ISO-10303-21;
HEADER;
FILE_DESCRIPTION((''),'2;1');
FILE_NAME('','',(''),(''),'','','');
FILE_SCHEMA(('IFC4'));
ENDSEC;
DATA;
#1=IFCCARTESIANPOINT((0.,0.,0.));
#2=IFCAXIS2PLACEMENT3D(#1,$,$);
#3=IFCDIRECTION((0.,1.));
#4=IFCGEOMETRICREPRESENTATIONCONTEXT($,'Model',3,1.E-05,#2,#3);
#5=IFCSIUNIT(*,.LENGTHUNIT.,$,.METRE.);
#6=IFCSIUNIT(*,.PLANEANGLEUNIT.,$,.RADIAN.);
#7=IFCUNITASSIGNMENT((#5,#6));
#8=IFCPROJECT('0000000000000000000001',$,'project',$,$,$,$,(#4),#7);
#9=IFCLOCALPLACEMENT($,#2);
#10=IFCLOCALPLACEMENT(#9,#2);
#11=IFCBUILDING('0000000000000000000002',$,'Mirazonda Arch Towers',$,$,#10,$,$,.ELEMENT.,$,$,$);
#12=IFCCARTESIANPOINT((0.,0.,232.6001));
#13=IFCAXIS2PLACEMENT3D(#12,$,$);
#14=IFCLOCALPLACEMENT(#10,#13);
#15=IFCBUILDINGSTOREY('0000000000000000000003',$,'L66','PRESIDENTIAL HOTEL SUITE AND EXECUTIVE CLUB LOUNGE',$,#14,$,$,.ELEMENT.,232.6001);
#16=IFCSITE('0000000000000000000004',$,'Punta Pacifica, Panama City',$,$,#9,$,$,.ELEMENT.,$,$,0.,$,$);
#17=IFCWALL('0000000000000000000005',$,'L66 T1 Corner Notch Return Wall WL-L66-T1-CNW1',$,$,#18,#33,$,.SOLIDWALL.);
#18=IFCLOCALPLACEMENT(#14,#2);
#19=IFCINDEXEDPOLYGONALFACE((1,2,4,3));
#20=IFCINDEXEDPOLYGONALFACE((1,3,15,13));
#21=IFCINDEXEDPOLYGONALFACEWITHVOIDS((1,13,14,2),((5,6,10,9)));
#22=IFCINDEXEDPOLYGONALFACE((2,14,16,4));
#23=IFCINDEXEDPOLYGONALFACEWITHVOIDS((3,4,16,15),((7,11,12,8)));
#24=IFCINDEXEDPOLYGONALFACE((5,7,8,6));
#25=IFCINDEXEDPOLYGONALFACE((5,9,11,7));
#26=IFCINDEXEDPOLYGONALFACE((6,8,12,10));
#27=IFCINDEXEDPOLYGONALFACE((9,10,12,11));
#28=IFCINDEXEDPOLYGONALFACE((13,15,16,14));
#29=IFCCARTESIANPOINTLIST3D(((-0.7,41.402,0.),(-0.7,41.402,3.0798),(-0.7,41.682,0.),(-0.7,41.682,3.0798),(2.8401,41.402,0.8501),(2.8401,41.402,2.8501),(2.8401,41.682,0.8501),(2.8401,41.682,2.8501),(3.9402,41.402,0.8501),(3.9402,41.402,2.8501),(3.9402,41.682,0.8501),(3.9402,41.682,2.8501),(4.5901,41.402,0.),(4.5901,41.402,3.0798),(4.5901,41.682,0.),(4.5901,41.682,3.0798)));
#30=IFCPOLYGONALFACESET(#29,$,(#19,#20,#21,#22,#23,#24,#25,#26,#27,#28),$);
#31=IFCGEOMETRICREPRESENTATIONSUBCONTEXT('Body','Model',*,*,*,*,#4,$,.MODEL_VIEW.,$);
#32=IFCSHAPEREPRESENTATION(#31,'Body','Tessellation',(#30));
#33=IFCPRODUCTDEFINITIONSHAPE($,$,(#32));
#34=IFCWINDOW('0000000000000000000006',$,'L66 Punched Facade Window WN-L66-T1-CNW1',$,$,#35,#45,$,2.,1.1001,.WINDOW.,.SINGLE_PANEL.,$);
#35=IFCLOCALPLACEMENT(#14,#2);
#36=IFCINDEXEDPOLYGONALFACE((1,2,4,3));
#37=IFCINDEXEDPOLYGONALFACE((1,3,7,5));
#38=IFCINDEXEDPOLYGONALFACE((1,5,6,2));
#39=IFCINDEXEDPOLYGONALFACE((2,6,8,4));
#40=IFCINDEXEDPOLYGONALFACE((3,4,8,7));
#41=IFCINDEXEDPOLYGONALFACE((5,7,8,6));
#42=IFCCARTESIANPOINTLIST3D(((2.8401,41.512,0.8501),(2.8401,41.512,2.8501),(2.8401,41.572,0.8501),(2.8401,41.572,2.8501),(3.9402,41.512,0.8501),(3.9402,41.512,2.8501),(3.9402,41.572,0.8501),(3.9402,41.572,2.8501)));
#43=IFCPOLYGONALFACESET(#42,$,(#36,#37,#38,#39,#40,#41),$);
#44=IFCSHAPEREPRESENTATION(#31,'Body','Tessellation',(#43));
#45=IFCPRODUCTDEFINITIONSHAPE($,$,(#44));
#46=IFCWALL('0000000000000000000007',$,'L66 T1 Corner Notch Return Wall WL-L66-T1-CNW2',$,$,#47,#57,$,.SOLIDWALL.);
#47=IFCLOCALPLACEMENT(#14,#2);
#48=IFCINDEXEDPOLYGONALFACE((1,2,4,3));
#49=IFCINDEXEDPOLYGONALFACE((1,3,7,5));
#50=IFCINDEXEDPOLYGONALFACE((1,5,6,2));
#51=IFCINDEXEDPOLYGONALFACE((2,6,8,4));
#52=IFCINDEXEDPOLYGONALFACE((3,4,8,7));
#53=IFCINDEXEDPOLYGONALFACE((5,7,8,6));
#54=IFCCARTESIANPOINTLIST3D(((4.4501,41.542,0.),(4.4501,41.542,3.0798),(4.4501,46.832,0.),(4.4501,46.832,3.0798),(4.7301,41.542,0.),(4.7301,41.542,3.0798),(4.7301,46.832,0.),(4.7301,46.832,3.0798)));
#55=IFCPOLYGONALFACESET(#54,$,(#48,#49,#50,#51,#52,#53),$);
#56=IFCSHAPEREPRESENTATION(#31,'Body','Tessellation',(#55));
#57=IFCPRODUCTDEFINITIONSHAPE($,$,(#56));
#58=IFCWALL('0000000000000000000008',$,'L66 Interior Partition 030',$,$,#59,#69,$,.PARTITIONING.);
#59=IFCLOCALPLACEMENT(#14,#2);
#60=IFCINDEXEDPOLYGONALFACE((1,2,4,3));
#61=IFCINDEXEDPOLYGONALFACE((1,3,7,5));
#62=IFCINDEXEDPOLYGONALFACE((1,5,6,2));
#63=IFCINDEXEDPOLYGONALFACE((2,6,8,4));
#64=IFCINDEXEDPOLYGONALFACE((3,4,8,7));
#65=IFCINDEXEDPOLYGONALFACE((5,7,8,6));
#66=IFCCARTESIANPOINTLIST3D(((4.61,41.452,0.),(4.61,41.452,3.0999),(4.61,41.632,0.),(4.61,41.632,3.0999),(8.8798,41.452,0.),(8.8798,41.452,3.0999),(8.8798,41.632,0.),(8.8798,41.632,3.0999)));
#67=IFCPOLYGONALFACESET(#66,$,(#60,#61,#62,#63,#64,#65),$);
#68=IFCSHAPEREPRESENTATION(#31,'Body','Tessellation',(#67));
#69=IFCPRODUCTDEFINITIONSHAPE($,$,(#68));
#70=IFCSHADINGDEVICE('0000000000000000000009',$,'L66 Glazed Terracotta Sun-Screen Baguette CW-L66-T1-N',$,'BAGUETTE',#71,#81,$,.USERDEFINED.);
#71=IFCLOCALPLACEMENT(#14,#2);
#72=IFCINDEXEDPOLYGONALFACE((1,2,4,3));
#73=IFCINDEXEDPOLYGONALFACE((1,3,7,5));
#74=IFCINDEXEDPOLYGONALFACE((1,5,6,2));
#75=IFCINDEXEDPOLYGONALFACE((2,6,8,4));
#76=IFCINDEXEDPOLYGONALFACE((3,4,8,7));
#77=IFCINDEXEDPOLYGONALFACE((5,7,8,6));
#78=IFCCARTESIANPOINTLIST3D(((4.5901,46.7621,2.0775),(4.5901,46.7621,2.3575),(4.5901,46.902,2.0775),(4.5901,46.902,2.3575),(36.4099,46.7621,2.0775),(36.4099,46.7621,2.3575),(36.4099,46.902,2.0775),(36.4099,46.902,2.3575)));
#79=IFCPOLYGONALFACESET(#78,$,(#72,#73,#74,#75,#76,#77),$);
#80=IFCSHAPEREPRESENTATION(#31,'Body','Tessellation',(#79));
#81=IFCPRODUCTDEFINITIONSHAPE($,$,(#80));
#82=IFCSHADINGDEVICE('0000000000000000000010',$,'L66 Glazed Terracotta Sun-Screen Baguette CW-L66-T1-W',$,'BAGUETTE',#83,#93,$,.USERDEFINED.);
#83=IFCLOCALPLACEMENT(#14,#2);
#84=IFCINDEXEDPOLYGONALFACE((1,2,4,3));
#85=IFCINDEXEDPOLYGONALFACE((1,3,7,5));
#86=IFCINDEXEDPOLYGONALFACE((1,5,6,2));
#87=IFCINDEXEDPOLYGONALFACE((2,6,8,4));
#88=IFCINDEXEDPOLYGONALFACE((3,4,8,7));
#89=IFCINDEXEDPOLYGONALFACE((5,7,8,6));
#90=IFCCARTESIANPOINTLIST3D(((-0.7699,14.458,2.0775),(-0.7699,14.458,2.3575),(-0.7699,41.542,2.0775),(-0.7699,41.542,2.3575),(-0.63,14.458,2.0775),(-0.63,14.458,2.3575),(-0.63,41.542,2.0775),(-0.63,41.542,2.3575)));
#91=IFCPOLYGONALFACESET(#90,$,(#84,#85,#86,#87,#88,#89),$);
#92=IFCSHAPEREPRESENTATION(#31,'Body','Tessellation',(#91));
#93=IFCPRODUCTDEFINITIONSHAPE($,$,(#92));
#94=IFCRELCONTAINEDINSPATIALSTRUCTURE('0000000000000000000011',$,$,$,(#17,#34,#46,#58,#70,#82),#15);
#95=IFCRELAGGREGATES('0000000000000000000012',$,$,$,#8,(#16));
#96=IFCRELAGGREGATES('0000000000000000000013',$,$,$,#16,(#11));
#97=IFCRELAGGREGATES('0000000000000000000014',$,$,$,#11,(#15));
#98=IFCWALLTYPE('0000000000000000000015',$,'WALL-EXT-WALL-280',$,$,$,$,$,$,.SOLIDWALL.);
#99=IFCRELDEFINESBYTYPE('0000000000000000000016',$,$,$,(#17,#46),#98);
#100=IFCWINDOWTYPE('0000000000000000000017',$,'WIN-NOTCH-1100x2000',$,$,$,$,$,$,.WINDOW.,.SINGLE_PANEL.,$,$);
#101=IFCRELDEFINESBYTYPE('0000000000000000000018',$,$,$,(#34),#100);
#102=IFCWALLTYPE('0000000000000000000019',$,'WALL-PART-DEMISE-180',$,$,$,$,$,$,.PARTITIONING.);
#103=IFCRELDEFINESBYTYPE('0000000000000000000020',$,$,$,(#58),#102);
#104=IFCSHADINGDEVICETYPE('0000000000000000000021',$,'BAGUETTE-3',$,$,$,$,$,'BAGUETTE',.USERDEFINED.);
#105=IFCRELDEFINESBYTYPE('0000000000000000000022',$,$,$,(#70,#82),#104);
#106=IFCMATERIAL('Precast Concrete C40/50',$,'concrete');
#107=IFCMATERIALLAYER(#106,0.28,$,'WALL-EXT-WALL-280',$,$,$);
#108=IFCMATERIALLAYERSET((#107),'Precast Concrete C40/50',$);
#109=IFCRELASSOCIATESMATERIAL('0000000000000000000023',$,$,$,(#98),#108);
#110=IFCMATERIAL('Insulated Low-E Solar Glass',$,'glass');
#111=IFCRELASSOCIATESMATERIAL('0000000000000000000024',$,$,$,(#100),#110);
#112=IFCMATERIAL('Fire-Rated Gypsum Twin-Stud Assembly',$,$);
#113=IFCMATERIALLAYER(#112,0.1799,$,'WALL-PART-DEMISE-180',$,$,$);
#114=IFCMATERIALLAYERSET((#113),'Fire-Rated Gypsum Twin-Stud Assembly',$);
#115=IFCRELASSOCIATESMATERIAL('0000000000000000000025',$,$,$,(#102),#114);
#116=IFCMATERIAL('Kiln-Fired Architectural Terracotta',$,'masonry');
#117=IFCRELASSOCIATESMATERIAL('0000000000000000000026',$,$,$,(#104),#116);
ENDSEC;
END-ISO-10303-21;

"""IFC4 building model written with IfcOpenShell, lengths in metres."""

from ifc_helpers import new_model, si_unit, direction, frame, frame_2d, origin, origin_2d, place, context, subcontext, project, spatial, rectangle, extrude, material, layer, layer_set, material_profile, profile_set, type_object, element, fill, save


model = new_model("IFC4")

# Units and contexts
model_context = context("Model", 3, precision=1e-05, world=origin(), true_north=direction((0.0, 1.0)))
body_context = subcontext(model_context, "Body", "Model", "MODEL_VIEW")
ifc_project = project(units=[si_unit("LENGTHUNIT", "METRE"), si_unit("PLANEANGLEUNIT", "RADIAN")], contexts=[model_context])

# Site, building, storey
site_placement = place(None, origin())
site = spatial("IfcSite", under=ifc_project, at=site_placement, Name="Punta Pacifica, Panama City", CompositionType="ELEMENT", RefElevation=0.0)
building_placement = place(site_placement, origin())
building = spatial("IfcBuilding", under=site, at=building_placement, Name="Mirazonda Arch Towers", CompositionType="ELEMENT")
storey_placement = place(building_placement, frame((0.0, 0.0, 232.6001)))
storey = spatial("IfcBuildingStorey", under=building, at=storey_placement, Name="L66", Description="PRESIDENTIAL HOTEL SUITE AND EXECUTIVE CLUB LOUNGE", CompositionType="ELEMENT", Elevation=232.6001)

# Shared definitions
ifc_material_1 = material(Name="Insulated Low-E Solar Glass", Category="glass")

# Wall, opening, window
ifc_material_2 = material(Name="Precast Concrete C40/50", Category="concrete")
ifc_layer_1 = layer(ifc_material_2, 0.28, Name="WALL-EXT-WALL-280")
ifc_layer_set_1 = layer_set([ifc_layer_1], Name="Precast Concrete C40/50")
wall_type_1 = type_object("IfcWallType", Name="WALL-EXT-WALL-280", PredefinedType="SOLIDWALL", material=ifc_layer_set_1)
wall_1_placement = place(storey_placement, frame((4.5901, 41.542, 0.0), z_axis=(0.0, 0.0, 1.0), x_axis=(-1.0, 0.0, 0.0)))
wall_1 = element("IfcWall", 1, at=wall_1_placement, inside=storey, type_object=wall_type_1, Name="L66 T1 Corner Notch Return Wall WL-L66-T1-CNW1", PredefinedType="SOLIDWALL", context=body_context, shape_type="SweptSolid", body=[
    extrude(rectangle(XDim=5.29, YDim=0.28, at=frame_2d((2.645, 0.0))), origin(), (0.0, 0.0, 1.0), 3.0798),
])
opening_1_placement = place(wall_1_placement, frame((0.6499, 0.0, 0.8501)))
opening_1 = element("IfcOpeningElement", 2, at=opening_1_placement, cuts=wall_1, PredefinedType="OPENING", context=body_context, shape_type="SweptSolid", body=[
    extrude(rectangle(XDim=1.1001, YDim=2.0, at=frame_2d((0.55, 1.0))), frame((0.0, 0.1499, 0.0), z_axis=(0.0, -1.0, 0.0), x_axis=(1.0, 0.0, 0.0)), (0.0, 0.0, 1.0), 0.3),
])
window_type = type_object("IfcWindowType", Name="WIN-NOTCH-1100x2000", PartitioningType="SINGLE_PANEL", PredefinedType="WINDOW", material=ifc_material_1)
window_placement = place(opening_1_placement, origin())
window = element("IfcWindow", 3, at=window_placement, inside=storey, type_object=window_type, Name="L66 Punched Facade Window WN-L66-T1-CNW1", OverallHeight=2.0, OverallWidth=1.1001, PartitioningType="SINGLE_PANEL", PredefinedType="WINDOW", context=body_context, shape_type="SweptSolid", body=[
    extrude(rectangle(XDim=1.1001, YDim=2.0, at=frame_2d((0.55, 1.0))), frame((0.0, 0.03, 0.0), z_axis=(0.0, -1.0, 0.0), x_axis=(1.0, 0.0, 0.0)), (0.0, 0.0, 1.0), 0.0601),
])
fill(opening_1, window)

# Walls
wall_2_placement = place(storey_placement, frame((4.5901, 46.832, 0.0), z_axis=(0.0, 0.0, 1.0), x_axis=(0.0, -1.0, 0.0)))
element("IfcWall", 4, at=wall_2_placement, inside=storey, type_object=wall_type_1, Name="L66 T1 Corner Notch Return Wall WL-L66-T1-CNW2", PredefinedType="SOLIDWALL", context=body_context, shape_type="SweptSolid", body=[
    extrude(rectangle(XDim=5.29, YDim=0.28, at=frame_2d((2.645, 0.0))), origin(), (0.0, 0.0, 1.0), 3.0798),
])
ifc_material_3 = material(Name="Fire-Rated Gypsum Twin-Stud Assembly")
ifc_layer_2 = layer(ifc_material_3, 0.1799, Name="WALL-PART-DEMISE-180")
ifc_layer_set_2 = layer_set([ifc_layer_2], Name="Fire-Rated Gypsum Twin-Stud Assembly")
wall_type_2 = type_object("IfcWallType", Name="WALL-PART-DEMISE-180", PredefinedType="PARTITIONING", material=ifc_layer_set_2)
wall_3_placement = place(storey_placement, frame((4.6101, 41.542, 0.0), z_axis=(0.0, 0.0, 1.0), x_axis=(1.0, 0.0, 0.0)))
element("IfcWall", 5, at=wall_3_placement, inside=storey, type_object=wall_type_2, Name="L66 Interior Partition 030", PredefinedType="PARTITIONING", context=body_context, shape_type="SweptSolid", body=[
    extrude(rectangle(XDim=4.2698, YDim=0.1799, at=frame_2d((2.1348, 0.0))), origin(), (0.0, 0.0, 1.0), 3.0999),
])

# Shading devices
ifc_material_4 = material(Name="Kiln-Fired Architectural Terracotta", Category="masonry")
ifc_material_profile_1 = material_profile(ifc_material_4, rectangle(XDim=0.1399, YDim=0.28, at=origin_2d()), Name="TERRA-BAG-140x280")
ifc_profile_set_1 = profile_set([ifc_material_profile_1], Name="Kiln-Fired Architectural Terracotta")
shading_device_type = type_object("IfcShadingDeviceType", Name="BAGUETTE-3", ElementType="BAGUETTE", PredefinedType="USERDEFINED", material=ifc_profile_set_1)
shading_device_1_placement = place(storey_placement, frame((4.5901, 46.832, 2.2175), z_axis=(1.0, 0.0, 0.0), x_axis=(0.0, 1.0, 0.0)))
element("IfcShadingDevice", 6, at=shading_device_1_placement, inside=storey, type_object=shading_device_type, Name="L66 Glazed Terracotta Sun-Screen Baguette CW-L66-T1-N", ObjectType="BAGUETTE", PredefinedType="USERDEFINED", context=body_context, shape_type="SweptSolid", body=[
    extrude(rectangle(XDim=0.1399, YDim=0.28, at=origin_2d()), origin(), (0.0, 0.0, 1.0), 31.8198),
])
shading_device_2_placement = place(storey_placement, frame((-0.7, 41.542, 2.2175), z_axis=(0.0, -1.0, 0.0), x_axis=(1.0, 0.0, 0.0)))
element("IfcShadingDevice", 7, at=shading_device_2_placement, inside=storey, type_object=shading_device_type, Name="L66 Glazed Terracotta Sun-Screen Baguette CW-L66-T1-W", ObjectType="BAGUETTE", PredefinedType="USERDEFINED", context=body_context, shape_type="SweptSolid", body=[
    extrude(rectangle(XDim=0.1399, YDim=0.28, at=origin_2d()), origin(), (0.0, 0.0, 1.0), 27.084),
])

save(model, "model.ifc")
